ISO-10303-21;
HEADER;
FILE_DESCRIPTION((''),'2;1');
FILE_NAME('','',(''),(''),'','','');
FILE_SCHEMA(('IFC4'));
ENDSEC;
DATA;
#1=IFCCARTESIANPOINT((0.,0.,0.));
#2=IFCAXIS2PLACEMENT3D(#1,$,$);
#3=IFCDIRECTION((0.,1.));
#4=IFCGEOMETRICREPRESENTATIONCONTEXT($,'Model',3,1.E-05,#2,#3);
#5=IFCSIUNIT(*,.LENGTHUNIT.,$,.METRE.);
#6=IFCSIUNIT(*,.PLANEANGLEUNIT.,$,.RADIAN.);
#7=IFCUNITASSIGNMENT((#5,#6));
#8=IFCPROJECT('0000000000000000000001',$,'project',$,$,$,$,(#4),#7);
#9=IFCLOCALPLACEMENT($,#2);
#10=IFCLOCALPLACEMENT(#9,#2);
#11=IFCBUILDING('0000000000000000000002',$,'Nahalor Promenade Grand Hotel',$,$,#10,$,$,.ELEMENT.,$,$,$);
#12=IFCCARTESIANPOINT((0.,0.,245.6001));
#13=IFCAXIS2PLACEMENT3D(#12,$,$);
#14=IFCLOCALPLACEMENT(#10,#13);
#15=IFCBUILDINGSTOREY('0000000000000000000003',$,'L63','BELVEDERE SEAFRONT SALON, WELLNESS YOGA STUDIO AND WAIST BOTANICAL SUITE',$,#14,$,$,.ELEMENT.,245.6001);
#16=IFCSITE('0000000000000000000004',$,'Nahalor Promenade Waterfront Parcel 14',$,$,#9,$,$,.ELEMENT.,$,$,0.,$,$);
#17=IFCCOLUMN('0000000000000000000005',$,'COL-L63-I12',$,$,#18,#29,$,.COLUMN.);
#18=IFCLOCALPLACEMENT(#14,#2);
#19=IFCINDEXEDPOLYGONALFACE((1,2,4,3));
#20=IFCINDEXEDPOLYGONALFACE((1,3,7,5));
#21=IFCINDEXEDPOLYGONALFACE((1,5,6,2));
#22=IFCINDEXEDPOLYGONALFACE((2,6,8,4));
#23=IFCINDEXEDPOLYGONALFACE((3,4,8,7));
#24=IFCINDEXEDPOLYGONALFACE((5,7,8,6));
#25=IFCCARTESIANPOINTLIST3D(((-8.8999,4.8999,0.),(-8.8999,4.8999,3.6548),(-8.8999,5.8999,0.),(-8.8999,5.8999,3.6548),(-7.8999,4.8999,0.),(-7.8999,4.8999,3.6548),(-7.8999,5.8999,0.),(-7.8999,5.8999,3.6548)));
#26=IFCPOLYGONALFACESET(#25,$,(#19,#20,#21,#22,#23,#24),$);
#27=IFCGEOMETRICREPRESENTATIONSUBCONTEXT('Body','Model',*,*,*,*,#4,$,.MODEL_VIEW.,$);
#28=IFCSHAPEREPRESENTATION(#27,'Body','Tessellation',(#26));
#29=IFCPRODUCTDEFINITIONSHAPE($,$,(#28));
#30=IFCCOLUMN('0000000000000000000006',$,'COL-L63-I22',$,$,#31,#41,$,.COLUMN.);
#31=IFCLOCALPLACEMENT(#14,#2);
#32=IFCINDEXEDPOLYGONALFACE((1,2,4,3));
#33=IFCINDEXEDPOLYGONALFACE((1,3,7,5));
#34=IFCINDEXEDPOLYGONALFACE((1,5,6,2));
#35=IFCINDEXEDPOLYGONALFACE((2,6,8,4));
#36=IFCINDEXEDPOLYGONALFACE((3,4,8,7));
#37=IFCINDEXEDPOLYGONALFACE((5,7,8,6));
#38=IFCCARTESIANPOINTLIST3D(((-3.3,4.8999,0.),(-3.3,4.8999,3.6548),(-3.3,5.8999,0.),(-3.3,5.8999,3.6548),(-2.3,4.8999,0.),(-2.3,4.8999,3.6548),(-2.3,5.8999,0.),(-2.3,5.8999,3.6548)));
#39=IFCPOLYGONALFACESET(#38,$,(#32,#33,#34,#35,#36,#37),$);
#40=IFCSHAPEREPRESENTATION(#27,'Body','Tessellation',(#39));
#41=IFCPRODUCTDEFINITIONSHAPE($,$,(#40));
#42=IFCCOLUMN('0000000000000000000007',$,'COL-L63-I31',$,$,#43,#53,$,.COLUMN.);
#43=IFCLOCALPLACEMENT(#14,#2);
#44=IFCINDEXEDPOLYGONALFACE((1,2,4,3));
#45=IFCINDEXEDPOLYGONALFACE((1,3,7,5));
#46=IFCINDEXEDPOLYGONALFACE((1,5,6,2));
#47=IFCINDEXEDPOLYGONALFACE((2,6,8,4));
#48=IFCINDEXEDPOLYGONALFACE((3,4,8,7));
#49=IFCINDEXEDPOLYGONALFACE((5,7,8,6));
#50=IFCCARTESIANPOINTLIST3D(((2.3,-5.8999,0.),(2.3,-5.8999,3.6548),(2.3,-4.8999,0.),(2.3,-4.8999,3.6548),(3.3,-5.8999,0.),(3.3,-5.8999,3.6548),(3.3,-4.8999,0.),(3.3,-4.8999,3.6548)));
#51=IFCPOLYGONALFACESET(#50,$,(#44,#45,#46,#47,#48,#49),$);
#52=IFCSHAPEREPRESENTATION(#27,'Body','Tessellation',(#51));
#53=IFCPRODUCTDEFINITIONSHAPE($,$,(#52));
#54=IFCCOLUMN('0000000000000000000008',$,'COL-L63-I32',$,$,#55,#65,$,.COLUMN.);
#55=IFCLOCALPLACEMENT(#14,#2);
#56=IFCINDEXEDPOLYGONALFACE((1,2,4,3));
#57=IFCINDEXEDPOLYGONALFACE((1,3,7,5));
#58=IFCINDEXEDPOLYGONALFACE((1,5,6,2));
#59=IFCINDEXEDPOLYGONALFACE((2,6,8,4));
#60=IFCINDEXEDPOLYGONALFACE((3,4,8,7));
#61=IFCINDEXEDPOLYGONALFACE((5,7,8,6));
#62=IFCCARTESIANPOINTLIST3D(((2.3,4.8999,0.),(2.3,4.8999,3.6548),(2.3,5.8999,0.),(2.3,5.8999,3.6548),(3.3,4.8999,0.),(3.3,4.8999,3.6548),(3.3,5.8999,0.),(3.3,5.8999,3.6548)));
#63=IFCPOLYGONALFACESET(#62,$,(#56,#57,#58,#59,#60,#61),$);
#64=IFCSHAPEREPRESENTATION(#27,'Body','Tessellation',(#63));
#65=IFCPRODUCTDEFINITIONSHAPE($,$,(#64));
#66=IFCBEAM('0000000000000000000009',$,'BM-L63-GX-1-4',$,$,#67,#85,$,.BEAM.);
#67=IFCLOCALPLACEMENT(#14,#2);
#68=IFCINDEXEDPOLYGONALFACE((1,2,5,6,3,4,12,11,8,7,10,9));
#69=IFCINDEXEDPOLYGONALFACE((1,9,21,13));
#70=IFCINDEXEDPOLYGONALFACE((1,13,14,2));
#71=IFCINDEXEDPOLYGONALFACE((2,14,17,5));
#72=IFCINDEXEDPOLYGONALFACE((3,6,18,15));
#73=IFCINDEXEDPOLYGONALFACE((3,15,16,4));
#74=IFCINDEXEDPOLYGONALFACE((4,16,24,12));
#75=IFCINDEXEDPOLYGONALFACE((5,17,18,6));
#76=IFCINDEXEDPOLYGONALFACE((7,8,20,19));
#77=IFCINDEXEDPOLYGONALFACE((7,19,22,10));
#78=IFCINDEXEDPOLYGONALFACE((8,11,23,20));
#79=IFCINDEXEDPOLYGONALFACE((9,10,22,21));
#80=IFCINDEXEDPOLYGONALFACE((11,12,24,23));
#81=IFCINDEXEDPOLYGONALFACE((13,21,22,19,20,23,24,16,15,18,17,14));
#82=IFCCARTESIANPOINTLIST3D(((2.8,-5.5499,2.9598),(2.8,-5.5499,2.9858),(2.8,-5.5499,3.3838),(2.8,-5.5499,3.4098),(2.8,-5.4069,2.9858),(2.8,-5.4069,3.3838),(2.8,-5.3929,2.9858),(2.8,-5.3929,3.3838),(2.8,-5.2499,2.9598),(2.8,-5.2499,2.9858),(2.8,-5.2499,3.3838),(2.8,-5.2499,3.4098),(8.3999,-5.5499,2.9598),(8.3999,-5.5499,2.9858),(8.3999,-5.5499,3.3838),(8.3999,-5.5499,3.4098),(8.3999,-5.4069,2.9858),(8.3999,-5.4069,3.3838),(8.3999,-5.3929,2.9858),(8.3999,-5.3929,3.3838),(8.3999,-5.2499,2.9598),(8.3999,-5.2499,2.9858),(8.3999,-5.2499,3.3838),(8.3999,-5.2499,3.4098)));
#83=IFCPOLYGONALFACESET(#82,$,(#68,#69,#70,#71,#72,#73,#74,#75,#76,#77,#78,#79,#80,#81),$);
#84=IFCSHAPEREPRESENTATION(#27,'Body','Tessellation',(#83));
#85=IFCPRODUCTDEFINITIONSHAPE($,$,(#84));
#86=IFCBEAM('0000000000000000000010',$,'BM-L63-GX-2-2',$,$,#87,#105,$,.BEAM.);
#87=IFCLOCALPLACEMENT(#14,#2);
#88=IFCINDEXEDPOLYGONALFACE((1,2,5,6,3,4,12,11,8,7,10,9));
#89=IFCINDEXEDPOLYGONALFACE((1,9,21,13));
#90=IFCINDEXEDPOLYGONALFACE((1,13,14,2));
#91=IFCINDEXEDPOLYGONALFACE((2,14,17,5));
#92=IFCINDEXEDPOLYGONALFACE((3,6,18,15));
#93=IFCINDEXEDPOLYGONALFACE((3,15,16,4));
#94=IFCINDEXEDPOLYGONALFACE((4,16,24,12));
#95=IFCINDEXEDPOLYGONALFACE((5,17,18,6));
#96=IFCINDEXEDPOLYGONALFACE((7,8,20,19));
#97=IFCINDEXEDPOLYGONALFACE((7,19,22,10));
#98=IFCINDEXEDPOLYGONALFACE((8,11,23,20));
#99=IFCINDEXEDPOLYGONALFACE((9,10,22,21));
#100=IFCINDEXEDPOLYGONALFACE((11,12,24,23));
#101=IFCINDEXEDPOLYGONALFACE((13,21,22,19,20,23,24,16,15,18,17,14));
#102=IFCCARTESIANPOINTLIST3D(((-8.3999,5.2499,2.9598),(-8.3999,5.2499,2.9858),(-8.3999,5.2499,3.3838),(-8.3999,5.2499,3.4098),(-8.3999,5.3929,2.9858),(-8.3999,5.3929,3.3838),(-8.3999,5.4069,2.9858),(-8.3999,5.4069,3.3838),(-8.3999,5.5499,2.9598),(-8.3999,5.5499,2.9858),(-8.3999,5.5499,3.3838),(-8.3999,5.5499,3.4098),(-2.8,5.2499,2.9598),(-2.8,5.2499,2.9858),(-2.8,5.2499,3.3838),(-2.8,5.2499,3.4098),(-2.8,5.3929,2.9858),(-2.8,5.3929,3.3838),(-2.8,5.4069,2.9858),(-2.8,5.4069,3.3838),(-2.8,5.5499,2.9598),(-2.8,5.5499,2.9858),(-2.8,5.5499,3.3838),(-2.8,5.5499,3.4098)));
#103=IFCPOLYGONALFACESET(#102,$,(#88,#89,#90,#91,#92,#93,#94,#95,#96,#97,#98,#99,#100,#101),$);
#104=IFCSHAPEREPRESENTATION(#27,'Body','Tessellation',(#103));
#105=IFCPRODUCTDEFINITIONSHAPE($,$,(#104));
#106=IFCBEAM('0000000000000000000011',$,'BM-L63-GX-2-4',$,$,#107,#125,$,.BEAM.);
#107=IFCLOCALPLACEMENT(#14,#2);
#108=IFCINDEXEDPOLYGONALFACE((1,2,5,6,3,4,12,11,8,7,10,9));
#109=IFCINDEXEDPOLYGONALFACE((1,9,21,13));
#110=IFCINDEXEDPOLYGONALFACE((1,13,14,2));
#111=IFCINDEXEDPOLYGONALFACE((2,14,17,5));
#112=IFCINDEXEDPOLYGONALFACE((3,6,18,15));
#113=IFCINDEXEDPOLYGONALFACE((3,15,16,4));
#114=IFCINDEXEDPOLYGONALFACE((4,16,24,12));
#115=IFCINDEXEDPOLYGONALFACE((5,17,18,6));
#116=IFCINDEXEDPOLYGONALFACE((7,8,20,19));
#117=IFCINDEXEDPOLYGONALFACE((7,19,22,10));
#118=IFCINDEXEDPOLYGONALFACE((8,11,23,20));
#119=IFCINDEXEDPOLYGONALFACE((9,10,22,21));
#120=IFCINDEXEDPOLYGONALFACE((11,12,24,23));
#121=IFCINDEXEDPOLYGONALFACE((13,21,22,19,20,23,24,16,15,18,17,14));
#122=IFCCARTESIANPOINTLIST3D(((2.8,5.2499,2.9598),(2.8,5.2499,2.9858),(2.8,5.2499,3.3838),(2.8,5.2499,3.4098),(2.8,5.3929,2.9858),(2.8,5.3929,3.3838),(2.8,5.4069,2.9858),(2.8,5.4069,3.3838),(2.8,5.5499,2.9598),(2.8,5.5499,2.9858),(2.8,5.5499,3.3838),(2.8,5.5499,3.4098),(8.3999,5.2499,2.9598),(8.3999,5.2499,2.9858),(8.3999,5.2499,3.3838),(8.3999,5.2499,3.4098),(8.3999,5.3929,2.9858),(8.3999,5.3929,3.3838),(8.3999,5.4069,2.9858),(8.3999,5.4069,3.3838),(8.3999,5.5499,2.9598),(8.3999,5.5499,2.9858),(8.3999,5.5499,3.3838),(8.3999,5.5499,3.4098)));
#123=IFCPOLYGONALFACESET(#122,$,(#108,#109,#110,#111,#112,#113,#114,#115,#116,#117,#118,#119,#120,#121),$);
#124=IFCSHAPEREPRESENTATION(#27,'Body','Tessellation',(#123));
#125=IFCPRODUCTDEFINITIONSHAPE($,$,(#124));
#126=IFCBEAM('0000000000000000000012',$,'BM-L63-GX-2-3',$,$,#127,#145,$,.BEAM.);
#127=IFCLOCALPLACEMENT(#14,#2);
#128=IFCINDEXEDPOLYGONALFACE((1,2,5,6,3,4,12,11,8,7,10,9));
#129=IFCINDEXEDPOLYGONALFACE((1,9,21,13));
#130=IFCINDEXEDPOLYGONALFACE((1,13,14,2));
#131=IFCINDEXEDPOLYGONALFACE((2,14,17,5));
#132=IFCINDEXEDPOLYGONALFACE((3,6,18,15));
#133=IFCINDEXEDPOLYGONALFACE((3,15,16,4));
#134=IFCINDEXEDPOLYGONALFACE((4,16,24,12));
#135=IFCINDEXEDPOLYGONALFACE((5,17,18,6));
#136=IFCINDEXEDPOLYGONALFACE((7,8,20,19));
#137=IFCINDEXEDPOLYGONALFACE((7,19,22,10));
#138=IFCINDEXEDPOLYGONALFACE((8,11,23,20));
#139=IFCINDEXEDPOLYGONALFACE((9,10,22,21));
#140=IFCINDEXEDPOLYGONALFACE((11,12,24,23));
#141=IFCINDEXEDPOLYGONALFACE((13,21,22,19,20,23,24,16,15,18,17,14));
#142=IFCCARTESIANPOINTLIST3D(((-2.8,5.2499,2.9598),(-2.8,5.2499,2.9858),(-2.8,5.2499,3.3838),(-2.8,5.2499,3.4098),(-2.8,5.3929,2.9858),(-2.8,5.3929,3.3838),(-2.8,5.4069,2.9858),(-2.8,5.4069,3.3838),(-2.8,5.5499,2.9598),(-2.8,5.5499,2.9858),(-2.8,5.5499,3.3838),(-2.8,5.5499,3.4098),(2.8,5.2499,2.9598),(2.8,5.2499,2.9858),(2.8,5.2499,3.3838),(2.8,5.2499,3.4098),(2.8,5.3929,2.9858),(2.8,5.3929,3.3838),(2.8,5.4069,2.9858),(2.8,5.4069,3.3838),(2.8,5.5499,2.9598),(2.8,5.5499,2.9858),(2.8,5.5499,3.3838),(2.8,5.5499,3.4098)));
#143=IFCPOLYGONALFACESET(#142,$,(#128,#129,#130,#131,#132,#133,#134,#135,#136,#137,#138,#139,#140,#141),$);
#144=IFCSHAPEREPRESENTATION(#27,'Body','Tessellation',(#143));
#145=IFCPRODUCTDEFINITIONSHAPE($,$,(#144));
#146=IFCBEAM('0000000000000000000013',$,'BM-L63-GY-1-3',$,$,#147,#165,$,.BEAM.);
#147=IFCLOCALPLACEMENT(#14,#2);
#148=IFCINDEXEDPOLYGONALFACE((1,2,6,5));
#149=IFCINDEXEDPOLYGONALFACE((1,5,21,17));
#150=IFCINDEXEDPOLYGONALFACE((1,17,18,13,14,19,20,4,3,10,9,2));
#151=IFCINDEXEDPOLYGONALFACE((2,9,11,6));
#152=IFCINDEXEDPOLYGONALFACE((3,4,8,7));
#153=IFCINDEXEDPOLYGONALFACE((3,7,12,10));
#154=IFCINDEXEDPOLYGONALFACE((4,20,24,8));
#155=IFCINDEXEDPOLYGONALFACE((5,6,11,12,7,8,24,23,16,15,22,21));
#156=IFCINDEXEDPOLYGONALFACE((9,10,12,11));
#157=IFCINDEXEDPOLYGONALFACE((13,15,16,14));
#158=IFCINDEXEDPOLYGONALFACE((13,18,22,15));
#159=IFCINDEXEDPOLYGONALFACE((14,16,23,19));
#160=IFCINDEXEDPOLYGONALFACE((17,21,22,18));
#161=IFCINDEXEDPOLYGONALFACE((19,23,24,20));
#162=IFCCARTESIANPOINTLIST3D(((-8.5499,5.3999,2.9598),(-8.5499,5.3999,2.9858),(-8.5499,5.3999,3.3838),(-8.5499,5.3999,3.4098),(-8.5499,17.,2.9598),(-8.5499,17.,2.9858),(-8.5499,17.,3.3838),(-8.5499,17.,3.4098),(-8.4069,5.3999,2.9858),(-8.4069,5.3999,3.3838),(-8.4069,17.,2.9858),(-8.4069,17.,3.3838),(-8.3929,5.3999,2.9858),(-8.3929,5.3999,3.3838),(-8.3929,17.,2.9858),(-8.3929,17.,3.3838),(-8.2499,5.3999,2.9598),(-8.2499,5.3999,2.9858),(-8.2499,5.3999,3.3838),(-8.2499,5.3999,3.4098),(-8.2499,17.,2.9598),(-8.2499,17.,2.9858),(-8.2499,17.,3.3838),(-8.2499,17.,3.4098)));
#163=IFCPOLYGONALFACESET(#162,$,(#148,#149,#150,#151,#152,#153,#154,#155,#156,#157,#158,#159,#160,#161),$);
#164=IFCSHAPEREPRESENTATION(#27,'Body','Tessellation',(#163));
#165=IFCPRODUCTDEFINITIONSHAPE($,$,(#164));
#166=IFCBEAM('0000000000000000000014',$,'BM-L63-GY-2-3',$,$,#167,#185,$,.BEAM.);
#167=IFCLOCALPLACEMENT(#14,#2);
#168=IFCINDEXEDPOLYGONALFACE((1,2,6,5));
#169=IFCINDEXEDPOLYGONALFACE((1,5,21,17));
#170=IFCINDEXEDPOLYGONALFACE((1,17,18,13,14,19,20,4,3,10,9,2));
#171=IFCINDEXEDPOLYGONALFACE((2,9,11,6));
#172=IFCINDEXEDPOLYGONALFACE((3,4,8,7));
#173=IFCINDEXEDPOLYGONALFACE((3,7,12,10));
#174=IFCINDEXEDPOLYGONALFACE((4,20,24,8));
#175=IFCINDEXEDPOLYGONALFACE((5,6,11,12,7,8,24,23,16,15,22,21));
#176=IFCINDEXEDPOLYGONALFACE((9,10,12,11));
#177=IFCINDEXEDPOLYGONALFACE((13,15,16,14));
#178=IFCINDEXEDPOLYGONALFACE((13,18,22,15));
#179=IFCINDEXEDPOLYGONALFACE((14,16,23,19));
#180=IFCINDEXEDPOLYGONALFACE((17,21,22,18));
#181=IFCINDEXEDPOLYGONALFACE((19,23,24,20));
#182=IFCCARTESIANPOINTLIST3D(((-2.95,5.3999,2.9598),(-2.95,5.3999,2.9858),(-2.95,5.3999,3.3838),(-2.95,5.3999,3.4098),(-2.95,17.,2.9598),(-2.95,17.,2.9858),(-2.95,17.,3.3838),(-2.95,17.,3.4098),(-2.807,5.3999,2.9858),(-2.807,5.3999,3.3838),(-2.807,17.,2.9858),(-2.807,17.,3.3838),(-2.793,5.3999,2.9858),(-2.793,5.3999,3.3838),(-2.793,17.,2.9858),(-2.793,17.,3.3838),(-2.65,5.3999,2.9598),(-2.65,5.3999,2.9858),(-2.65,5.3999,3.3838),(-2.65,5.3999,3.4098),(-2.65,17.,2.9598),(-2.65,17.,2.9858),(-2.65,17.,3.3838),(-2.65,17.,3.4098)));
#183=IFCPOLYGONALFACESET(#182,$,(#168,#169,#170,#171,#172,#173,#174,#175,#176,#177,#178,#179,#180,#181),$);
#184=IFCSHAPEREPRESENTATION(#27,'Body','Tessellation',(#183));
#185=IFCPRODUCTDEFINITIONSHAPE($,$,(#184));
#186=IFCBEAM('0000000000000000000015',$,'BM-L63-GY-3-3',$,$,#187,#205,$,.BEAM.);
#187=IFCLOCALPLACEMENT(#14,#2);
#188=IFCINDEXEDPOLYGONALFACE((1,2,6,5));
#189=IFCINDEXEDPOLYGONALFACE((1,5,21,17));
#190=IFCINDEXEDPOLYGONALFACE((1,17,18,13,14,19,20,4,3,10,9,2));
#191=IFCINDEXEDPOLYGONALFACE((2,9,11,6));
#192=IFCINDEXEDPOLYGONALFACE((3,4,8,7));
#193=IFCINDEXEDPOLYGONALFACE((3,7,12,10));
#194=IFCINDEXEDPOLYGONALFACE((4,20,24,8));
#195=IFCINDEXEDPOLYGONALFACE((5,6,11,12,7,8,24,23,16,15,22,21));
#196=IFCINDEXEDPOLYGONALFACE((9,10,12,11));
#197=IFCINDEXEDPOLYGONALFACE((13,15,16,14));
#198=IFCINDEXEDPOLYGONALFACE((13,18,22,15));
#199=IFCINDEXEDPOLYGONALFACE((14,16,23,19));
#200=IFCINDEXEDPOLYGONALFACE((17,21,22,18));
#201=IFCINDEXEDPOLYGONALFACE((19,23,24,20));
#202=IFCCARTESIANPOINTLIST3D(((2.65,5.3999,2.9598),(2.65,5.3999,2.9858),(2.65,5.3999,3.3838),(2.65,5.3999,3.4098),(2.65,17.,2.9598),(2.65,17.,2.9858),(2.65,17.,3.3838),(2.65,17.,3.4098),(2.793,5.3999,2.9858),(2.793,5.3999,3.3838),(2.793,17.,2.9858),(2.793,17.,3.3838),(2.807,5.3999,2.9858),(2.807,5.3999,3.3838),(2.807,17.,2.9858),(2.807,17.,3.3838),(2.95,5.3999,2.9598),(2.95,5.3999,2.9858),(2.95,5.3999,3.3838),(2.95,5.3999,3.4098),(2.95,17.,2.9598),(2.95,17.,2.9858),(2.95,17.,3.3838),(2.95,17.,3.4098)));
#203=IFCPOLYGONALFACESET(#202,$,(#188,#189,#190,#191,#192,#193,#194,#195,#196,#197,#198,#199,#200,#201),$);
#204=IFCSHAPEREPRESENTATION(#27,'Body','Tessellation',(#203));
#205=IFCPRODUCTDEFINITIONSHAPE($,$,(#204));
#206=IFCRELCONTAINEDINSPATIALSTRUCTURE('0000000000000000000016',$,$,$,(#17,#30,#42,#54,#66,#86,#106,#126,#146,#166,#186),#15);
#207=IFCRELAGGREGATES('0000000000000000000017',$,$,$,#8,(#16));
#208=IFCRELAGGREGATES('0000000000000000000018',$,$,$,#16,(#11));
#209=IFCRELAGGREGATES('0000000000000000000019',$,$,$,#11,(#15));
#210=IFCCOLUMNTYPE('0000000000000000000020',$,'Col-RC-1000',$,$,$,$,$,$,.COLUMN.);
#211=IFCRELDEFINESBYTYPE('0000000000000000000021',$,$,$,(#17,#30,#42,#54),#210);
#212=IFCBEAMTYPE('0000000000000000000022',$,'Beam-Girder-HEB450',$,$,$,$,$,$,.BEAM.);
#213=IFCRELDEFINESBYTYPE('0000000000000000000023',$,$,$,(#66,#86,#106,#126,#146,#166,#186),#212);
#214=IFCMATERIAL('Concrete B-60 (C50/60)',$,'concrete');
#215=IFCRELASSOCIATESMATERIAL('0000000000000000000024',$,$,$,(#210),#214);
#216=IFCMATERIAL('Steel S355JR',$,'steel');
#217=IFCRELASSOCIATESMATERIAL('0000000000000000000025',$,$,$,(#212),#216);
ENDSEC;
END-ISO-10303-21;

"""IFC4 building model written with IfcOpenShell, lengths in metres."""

from ifc_helpers import new_model, si_unit, direction, frame, origin, origin_2d, place, context, subcontext, project, spatial, rectangle, i_section, extrude, source, transform, mapped, material, material_profile, profile_set, type_object, element, save


model = new_model("IFC4")

# Units and contexts
model_context = context("Model", 3, precision=1e-05, world=origin(), true_north=direction((0.0, 1.0)))
body_context = subcontext(model_context, "Body", "Model", "MODEL_VIEW")
ifc_project = project(units=[si_unit("LENGTHUNIT", "METRE"), si_unit("PLANEANGLEUNIT", "RADIAN")], contexts=[model_context])

# Site, building, storey
site_placement = place(None, origin())
site = spatial("IfcSite", under=ifc_project, at=site_placement, Name="Nahalor Promenade Waterfront Parcel 14", CompositionType="ELEMENT", RefElevation=0.0)
building_placement = place(site_placement, origin())
building = spatial("IfcBuilding", under=site, at=building_placement, Name="Nahalor Promenade Grand Hotel", CompositionType="ELEMENT")
storey_placement = place(building_placement, frame((0.0, 0.0, 245.6001)))
storey = spatial("IfcBuildingStorey", under=building, at=storey_placement, Name="L63", Description="BELVEDERE SEAFRONT SALON, WELLNESS YOGA STUDIO AND WAIST BOTANICAL SUITE", CompositionType="ELEMENT", Elevation=245.6001)

# Columns
ifc_material_1 = material(Name="Concrete B-60 (C50/60)", Category="concrete")
ifc_material_profile_1 = material_profile(ifc_material_1, rectangle(XDim=1.0, YDim=1.0, at=origin_2d()), Name="RC 1000x1000")
ifc_profile_set_1 = profile_set([ifc_material_profile_1], Name="Concrete B-60 (C50/60)")
column_type = type_object("IfcColumnType", Name="Col-RC-1000", PredefinedType="COLUMN", material=ifc_profile_set_1)
shared_shape_1 = source(origin(), body_context, "Body", "SweptSolid", [
    extrude(rectangle(XDim=1.0, YDim=1.0, at=origin_2d()), origin(), (0.0, 0.0, 1.0), 3.6548),
])
for number, where, z_axis, x_axis, name in (
    (1, (-8.3999, 5.3999, 0.0), (0.0, 0.0, 1.0), (1.0, 0.0, 0.0), "COL-L63-I12"),
    (2, (-2.8, 5.3999, 0.0), (0.0, 0.0, 1.0), (1.0, 0.0, 0.0), "COL-L63-I22"),
    (3, (2.8, -5.3999, 0.0), (0.0, 0.0, 1.0), (1.0, 0.0, 0.0), "COL-L63-I31"),
    (4, (2.8, 5.3999, 0.0), (0.0, 0.0, 1.0), (1.0, 0.0, 0.0), "COL-L63-I32"),
):
    element("IfcColumn", number, at=place(storey_placement, frame(where, z_axis=z_axis, x_axis=x_axis)), inside=storey, type_object=column_type, Name=name, PredefinedType="COLUMN", context=body_context, shape_type="MappedRepresentation", body=[
        mapped(shared_shape_1, transform((0.0, 0.0, 0.0), scale=1.0)),
    ])

# Beams
ifc_material_2 = material(Name="Steel S355JR", Category="steel")
ifc_material_profile_2 = material_profile(ifc_material_2, i_section(OverallWidth=0.3, OverallDepth=0.45, WebThickness=0.014, FlangeThickness=0.026, at=origin_2d()), Name="HEB 450")
ifc_profile_set_2 = profile_set([ifc_material_profile_2], Name="Steel S355JR")
beam_type = type_object("IfcBeamType", Name="Beam-Girder-HEB450", PredefinedType="BEAM", material=ifc_profile_set_2)
shared_shape_2 = source(origin(), body_context, "Body", "SweptSolid", [
    extrude(i_section(OverallWidth=0.3, OverallDepth=0.45, WebThickness=0.014, FlangeThickness=0.026, at=origin_2d()), origin(), (0.0, 0.0, 1.0), 5.5999),
])
for number, where, z_axis, x_axis, name in (
    (5, (2.8, -5.3999, 3.1848), (1.0, 0.0, 0.0), (0.0, 1.0, 0.0), "BM-L63-GX-1-4"),
    (6, (-8.3999, 5.3999, 3.1848), (1.0, 0.0, 0.0), (0.0, 1.0, 0.0), "BM-L63-GX-2-2"),
    (7, (2.8, 5.3999, 3.1848), (1.0, 0.0, 0.0), (0.0, 1.0, 0.0), "BM-L63-GX-2-4"),
):
    element("IfcBeam", number, at=place(storey_placement, frame(where, z_axis=z_axis, x_axis=x_axis)), inside=storey, type_object=beam_type, Name=name, PredefinedType="BEAM", context=body_context, shape_type="MappedRepresentation", body=[
        mapped(shared_shape_2, transform((0.0, 0.0, 0.0), scale=1.0)),
    ])
shared_shape_3 = source(origin(), body_context, "Body", "SweptSolid", [
    extrude(i_section(OverallWidth=0.3, OverallDepth=0.45, WebThickness=0.014, FlangeThickness=0.026, at=origin_2d()), origin(), (0.0, 0.0, 1.0), 5.6001),
])
beam_placement = place(storey_placement, frame((-2.8, 5.3999, 3.1848), z_axis=(1.0, 0.0, 0.0), x_axis=(0.0, 1.0, 0.0)))
element("IfcBeam", 8, at=beam_placement, inside=storey, type_object=beam_type, Name="BM-L63-GX-2-3", PredefinedType="BEAM", context=body_context, shape_type="MappedRepresentation", body=[
    mapped(shared_shape_3, transform((0.0, 0.0, 0.0), scale=1.0)),
])
shared_shape_4 = source(origin(), body_context, "Body", "SweptSolid", [
    extrude(i_section(OverallWidth=0.3, OverallDepth=0.45, WebThickness=0.014, FlangeThickness=0.026, at=origin_2d()), origin(), (0.0, 0.0, 1.0), 11.6001),
])
for number, where, z_axis, x_axis, name in (
    (9, (-8.3999, 5.3999, 3.1848), (0.0, 1.0, 0.0), (-1.0, 0.0, 0.0), "BM-L63-GY-1-3"),
    (10, (-2.8, 5.3999, 3.1848), (0.0, 1.0, 0.0), (-1.0, 0.0, 0.0), "BM-L63-GY-2-3"),
    (11, (2.8, 5.3999, 3.1848), (0.0, 1.0, 0.0), (-1.0, 0.0, 0.0), "BM-L63-GY-3-3"),
):
    element("IfcBeam", number, at=place(storey_placement, frame(where, z_axis=z_axis, x_axis=x_axis)), inside=storey, type_object=beam_type, Name=name, PredefinedType="BEAM", context=body_context, shape_type="MappedRepresentation", body=[
        mapped(shared_shape_4, transform((0.0, 0.0, 0.0), scale=1.0)),
    ])

save(model, "model.ifc")
